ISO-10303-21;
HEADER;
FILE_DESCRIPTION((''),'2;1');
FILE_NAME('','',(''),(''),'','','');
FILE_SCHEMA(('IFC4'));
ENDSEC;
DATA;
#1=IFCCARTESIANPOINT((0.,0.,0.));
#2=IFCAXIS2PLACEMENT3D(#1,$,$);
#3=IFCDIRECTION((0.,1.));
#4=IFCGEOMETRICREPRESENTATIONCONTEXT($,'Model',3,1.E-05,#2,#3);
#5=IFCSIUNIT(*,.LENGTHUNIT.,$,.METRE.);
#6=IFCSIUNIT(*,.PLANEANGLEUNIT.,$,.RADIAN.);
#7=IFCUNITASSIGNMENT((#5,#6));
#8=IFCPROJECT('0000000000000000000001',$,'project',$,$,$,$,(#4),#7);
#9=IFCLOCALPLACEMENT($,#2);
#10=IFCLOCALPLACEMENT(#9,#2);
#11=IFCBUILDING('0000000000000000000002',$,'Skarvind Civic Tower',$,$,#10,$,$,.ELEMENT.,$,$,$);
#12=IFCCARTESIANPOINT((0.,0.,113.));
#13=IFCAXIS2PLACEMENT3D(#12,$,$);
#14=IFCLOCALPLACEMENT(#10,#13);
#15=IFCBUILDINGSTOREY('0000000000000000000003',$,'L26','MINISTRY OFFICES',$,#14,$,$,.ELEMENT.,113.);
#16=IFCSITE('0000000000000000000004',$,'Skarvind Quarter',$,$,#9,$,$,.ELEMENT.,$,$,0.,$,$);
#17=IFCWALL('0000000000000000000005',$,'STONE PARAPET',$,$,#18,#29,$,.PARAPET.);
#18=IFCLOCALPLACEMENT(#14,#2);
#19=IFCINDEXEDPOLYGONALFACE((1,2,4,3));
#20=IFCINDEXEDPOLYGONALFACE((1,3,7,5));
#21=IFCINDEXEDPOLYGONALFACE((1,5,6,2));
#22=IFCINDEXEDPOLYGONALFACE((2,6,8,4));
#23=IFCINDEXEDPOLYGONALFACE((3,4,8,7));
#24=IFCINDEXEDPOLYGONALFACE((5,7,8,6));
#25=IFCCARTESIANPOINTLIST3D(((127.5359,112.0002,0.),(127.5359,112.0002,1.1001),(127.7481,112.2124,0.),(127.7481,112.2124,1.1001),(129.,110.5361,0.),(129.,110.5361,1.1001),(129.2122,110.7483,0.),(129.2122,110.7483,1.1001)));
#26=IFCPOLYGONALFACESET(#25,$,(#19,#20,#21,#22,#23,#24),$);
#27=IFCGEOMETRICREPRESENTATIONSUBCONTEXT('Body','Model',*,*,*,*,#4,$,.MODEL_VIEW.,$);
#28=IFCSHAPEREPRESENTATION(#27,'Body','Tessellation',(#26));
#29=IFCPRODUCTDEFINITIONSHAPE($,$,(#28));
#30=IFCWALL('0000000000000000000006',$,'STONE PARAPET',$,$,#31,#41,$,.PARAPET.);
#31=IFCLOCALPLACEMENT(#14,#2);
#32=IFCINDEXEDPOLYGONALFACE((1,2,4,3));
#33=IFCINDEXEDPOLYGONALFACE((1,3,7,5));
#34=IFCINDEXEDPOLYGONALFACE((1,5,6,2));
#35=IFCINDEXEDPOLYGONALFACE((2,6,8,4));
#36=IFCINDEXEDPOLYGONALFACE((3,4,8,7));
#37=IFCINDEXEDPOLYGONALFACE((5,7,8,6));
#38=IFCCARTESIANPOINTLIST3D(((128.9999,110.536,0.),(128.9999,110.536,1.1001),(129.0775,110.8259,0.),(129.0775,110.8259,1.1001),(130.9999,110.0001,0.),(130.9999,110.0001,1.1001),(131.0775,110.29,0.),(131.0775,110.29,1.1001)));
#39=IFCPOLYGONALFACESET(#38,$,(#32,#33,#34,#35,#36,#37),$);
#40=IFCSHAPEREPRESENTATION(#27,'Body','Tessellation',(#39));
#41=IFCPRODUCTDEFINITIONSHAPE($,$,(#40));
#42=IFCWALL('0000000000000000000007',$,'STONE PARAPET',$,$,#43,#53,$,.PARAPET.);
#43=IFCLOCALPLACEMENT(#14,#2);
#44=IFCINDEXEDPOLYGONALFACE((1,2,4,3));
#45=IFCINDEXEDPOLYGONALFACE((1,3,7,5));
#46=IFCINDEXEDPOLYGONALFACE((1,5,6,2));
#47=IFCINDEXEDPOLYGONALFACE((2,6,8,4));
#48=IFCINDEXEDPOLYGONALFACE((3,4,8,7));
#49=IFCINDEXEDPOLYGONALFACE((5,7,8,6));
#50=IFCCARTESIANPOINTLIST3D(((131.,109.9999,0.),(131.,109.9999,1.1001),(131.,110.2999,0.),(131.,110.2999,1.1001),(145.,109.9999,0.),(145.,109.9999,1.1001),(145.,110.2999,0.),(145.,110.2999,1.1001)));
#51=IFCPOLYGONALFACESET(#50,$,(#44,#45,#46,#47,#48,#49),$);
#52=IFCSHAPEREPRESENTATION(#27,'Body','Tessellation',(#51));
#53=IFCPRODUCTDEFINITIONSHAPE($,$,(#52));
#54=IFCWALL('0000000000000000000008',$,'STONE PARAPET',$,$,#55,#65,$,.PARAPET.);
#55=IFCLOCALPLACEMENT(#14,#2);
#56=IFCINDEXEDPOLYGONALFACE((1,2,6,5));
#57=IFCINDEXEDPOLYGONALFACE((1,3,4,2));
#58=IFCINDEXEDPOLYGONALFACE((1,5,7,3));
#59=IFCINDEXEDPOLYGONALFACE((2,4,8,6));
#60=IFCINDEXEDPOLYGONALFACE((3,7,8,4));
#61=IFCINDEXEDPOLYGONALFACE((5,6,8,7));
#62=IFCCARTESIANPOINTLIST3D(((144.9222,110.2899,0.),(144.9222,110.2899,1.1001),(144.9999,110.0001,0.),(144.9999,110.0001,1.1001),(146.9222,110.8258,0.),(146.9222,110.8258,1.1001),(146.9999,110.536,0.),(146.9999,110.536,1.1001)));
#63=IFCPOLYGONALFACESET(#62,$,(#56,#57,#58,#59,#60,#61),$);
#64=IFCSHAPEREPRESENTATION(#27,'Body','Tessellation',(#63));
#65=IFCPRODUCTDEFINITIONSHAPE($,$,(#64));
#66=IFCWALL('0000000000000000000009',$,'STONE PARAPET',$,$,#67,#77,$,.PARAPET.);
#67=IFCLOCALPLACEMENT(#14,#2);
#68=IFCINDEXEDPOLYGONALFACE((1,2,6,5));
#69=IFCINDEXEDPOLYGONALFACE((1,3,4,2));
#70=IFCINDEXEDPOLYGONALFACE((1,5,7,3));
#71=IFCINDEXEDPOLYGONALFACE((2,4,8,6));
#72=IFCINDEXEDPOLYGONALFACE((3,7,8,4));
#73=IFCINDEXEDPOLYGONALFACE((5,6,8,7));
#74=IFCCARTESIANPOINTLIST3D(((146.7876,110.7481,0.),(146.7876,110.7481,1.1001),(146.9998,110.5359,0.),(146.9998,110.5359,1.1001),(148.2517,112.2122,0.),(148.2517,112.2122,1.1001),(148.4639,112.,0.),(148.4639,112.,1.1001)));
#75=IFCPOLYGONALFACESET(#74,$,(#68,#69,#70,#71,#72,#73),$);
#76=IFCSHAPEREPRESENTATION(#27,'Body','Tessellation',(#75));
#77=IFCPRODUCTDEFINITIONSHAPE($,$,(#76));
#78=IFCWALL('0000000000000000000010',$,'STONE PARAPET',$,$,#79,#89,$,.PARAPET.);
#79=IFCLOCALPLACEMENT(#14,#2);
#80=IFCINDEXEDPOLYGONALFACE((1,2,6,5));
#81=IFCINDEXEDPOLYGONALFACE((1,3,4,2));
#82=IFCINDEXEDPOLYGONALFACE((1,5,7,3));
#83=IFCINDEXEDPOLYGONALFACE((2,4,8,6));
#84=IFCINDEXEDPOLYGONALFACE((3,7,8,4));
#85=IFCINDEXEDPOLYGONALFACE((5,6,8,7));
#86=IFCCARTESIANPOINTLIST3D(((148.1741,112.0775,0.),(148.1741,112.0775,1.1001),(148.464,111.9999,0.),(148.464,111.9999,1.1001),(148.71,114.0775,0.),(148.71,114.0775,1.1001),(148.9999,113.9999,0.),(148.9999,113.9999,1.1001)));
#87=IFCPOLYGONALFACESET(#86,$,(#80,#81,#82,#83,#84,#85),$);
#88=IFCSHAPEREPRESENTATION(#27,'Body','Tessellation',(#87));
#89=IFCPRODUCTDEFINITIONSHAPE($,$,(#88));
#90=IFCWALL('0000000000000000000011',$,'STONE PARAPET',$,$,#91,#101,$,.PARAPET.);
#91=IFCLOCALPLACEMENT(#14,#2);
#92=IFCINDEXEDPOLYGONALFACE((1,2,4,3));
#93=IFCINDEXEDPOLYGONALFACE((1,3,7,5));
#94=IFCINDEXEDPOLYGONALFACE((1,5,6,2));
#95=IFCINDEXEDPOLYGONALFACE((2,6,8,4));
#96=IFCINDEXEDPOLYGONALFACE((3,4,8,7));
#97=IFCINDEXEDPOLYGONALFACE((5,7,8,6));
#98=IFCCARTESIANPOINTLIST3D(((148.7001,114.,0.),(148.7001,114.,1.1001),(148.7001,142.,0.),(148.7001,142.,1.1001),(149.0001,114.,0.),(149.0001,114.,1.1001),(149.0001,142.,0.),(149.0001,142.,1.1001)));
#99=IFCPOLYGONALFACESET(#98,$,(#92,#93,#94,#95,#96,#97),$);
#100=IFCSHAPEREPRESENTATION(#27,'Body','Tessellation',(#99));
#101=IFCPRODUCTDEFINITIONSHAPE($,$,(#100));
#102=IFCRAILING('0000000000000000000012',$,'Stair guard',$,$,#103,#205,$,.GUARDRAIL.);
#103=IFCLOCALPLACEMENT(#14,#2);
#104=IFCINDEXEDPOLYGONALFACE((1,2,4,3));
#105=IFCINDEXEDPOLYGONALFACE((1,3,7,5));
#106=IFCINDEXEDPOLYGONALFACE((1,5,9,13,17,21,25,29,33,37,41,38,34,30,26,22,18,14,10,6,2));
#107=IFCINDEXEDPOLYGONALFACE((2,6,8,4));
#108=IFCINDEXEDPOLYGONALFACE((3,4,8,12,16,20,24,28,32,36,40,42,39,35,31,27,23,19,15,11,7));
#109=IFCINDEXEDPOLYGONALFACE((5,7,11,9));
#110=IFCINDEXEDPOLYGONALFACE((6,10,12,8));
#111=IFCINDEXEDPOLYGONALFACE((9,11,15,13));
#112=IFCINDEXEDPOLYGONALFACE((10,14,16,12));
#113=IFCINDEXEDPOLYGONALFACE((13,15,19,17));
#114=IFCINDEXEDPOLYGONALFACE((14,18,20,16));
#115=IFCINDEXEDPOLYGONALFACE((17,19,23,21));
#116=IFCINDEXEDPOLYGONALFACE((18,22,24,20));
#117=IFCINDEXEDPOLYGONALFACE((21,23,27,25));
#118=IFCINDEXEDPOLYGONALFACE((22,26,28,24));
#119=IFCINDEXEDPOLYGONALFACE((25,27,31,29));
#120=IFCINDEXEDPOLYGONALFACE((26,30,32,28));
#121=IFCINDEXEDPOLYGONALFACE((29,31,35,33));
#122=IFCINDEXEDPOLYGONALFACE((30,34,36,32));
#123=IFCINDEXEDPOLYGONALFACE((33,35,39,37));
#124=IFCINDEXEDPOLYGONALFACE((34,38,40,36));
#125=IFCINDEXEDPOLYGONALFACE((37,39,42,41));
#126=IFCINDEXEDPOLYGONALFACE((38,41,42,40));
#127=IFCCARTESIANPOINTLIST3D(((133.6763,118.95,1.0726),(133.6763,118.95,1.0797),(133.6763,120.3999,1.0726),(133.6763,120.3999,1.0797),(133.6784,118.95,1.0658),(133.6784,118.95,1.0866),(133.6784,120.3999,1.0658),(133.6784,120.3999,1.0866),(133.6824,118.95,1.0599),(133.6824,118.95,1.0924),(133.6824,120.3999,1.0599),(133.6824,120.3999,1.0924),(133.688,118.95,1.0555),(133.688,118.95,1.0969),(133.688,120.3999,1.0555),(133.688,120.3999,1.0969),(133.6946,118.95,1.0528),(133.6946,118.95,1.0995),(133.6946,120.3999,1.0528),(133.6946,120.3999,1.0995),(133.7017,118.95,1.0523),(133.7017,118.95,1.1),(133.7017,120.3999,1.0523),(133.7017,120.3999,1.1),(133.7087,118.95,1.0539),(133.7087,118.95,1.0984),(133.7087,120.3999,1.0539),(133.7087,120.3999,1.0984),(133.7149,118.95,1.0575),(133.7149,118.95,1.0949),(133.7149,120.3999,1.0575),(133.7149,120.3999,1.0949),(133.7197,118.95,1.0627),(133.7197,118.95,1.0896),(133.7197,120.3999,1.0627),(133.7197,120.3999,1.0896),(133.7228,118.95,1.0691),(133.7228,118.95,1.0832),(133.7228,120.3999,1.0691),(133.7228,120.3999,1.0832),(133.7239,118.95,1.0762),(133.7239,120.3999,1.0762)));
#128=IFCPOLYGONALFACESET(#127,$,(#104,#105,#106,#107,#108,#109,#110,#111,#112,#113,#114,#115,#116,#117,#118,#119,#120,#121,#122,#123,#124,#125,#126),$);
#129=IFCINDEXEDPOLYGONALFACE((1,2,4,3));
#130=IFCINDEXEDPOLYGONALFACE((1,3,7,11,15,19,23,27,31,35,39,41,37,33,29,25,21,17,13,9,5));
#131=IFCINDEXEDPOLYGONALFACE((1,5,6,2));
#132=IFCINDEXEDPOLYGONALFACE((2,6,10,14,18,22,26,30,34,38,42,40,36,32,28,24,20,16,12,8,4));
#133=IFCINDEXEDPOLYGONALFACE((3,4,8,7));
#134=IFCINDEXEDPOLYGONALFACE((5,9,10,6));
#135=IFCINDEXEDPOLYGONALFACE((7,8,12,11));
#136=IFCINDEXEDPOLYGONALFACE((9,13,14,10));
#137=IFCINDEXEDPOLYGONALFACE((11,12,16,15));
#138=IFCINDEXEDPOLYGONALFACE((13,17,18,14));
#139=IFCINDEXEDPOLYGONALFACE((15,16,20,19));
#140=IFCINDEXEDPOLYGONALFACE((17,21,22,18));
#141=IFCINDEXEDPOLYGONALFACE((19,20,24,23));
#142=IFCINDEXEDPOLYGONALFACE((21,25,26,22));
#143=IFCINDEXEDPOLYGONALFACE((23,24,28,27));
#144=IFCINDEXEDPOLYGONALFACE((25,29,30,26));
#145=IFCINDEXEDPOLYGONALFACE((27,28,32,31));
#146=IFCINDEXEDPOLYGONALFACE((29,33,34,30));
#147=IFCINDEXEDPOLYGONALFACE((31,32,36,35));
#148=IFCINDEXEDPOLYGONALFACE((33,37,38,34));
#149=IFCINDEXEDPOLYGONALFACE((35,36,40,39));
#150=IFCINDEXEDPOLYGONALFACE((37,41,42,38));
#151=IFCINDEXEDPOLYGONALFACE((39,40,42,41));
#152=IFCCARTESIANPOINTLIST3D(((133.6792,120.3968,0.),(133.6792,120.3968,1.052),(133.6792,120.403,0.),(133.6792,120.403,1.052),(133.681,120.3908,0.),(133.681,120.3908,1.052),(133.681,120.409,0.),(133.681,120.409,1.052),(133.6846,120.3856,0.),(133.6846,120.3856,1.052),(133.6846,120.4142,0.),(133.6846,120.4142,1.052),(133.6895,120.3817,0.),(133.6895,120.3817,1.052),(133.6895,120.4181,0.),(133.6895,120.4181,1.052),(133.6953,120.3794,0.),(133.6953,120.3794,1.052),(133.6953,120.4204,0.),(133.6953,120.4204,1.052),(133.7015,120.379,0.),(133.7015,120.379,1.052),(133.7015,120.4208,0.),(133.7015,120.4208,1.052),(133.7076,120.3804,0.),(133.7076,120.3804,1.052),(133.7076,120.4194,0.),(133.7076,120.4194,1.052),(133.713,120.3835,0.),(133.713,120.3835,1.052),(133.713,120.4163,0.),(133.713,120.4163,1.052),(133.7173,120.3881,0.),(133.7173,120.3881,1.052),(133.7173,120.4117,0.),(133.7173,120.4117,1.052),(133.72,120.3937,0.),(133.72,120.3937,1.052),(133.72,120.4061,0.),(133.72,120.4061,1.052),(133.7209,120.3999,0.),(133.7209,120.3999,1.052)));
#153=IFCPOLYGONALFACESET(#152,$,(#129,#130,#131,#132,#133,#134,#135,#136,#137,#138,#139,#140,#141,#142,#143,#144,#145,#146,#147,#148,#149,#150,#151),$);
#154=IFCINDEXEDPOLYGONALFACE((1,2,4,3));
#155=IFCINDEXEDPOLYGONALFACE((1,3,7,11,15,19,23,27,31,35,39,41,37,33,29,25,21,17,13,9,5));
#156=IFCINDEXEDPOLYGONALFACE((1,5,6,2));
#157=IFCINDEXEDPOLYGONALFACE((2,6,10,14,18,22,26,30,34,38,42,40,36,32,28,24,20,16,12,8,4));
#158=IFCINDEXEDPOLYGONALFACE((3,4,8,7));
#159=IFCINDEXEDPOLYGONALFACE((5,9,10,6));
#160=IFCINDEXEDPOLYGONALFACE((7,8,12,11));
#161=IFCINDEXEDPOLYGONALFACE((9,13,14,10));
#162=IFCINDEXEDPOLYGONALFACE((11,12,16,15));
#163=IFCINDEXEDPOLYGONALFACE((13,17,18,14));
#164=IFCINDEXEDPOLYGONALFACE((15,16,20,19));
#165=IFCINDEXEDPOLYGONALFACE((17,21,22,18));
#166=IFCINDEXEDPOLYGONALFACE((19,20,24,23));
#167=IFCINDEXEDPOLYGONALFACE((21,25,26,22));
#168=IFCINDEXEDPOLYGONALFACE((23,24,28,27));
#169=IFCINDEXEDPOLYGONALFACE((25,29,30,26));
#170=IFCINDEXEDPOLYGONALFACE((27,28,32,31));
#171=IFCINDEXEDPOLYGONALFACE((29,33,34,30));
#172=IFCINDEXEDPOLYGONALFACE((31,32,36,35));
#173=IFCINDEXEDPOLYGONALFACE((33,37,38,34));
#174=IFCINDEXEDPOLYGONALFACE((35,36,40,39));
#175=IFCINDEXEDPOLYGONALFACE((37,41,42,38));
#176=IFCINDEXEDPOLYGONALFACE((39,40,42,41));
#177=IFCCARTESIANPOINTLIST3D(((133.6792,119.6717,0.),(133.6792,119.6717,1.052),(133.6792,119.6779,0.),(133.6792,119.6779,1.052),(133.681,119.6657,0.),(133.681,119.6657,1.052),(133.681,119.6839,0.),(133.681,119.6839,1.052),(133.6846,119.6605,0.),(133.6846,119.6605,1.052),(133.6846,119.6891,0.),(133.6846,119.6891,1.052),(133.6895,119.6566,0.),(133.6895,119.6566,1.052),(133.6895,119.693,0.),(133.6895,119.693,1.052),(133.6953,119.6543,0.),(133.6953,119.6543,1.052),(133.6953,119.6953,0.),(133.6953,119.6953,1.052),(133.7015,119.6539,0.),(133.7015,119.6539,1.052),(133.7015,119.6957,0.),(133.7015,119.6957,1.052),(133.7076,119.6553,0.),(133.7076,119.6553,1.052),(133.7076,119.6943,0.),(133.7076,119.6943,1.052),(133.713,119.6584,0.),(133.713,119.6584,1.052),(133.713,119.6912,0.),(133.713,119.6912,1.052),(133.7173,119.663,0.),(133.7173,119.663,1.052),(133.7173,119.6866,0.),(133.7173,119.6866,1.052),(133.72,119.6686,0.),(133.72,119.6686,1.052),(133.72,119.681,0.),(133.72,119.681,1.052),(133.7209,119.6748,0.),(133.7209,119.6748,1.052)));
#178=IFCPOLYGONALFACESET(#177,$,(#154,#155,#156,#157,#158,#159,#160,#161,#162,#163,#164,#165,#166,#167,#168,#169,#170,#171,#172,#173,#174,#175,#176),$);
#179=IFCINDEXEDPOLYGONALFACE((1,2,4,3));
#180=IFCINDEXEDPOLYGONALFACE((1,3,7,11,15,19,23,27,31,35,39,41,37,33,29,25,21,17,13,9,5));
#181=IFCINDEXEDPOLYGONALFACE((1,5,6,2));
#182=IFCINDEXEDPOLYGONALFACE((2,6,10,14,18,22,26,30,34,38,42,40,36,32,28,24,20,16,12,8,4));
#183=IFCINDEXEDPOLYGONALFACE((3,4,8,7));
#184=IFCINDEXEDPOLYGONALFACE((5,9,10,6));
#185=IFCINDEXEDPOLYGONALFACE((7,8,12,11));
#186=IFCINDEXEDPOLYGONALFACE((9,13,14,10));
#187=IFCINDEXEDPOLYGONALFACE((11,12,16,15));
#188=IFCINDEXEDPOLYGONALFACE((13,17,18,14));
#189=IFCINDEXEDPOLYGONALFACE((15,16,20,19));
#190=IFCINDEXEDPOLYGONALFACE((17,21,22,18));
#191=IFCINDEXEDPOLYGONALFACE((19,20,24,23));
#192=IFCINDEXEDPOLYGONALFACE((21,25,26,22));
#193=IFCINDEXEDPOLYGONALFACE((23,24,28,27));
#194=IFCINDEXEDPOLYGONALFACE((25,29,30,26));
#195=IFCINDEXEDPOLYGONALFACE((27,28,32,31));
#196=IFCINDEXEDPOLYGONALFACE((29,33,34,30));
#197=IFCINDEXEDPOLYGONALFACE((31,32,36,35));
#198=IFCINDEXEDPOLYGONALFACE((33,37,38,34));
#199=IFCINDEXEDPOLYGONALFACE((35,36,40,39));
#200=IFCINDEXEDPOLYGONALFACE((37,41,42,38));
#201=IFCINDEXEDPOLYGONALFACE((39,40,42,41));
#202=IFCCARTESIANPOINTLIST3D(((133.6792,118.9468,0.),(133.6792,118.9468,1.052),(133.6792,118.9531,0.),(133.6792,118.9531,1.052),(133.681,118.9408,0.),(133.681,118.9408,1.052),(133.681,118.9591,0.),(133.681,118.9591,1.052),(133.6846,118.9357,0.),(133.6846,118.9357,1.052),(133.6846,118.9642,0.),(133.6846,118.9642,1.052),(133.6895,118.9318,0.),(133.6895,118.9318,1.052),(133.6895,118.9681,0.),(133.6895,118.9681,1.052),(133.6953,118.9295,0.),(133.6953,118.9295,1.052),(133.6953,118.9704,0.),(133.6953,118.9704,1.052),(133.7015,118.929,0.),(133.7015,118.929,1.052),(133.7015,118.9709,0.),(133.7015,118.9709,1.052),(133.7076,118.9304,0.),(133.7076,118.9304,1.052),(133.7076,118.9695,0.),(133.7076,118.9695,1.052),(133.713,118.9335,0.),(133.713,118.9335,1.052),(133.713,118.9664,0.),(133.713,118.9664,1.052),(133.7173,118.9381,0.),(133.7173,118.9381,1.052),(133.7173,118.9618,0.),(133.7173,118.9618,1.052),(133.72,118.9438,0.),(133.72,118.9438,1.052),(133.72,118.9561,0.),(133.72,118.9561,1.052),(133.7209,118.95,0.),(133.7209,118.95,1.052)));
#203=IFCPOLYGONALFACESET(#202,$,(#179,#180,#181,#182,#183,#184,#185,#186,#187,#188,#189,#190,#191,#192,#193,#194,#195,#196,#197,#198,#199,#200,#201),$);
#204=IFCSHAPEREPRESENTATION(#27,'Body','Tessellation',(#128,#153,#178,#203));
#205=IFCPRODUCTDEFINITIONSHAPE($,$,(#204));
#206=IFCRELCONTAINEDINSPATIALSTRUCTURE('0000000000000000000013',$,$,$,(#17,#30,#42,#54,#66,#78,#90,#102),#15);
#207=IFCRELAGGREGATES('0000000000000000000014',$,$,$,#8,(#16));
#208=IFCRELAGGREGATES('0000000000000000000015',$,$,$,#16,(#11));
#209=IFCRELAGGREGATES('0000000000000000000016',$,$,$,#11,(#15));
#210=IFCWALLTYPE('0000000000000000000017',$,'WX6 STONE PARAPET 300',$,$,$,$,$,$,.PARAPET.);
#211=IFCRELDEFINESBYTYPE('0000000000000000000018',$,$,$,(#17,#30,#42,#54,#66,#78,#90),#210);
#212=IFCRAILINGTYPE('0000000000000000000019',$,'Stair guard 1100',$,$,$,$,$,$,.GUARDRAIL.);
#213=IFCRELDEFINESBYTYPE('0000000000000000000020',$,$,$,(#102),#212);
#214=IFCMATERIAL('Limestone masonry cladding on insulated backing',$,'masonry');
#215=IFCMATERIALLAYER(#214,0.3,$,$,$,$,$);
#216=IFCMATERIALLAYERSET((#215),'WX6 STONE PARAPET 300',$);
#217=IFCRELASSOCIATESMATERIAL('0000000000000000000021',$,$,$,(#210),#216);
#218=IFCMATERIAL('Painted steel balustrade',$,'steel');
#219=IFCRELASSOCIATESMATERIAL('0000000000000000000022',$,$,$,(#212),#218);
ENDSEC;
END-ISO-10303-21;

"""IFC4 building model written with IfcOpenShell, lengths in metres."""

from ifc_helpers import new_model, si_unit, direction, frame, frame_2d, origin, origin_2d, place, context, subcontext, project, spatial, rectangle, circle, extrude, material, layer, layer_set, type_object, element, save


model = new_model("IFC4")

# Units and contexts
model_context = context("Model", 3, precision=1e-05, world=origin(), true_north=direction((0.0, 1.0)))
body_context = subcontext(model_context, "Body", "Model", "MODEL_VIEW")
ifc_project = project(units=[si_unit("LENGTHUNIT", "METRE"), si_unit("PLANEANGLEUNIT", "RADIAN")], contexts=[model_context])

# Site, building, storey
site_placement = place(None, origin())
site = spatial("IfcSite", under=ifc_project, at=site_placement, Name="Skarvind Quarter", CompositionType="ELEMENT", RefElevation=0.0)
building_placement = place(site_placement, origin())
building = spatial("IfcBuilding", under=site, at=building_placement, Name="Skarvind Civic Tower", CompositionType="ELEMENT")
storey_placement = place(building_placement, frame((0.0, 0.0, 113.0)))
storey = spatial("IfcBuildingStorey", under=building, at=storey_placement, Name="L26", Description="MINISTRY OFFICES", CompositionType="ELEMENT", Elevation=113.0)

# Walls
ifc_material_1 = material(Name="Limestone masonry cladding on insulated backing", Category="masonry")
ifc_layer_1 = layer(ifc_material_1, 0.3)
ifc_layer_set_1 = layer_set([ifc_layer_1], Name="WX6 STONE PARAPET 300")
wall_type_1 = type_object("IfcWallType", Name="WX6 STONE PARAPET 300", PredefinedType="PARAPET", material=ifc_layer_set_1)
for number, where, z_axis, x_axis, name in (
    (1, (127.6421, 112.1062, 0.0), (0.0, 0.0, 1.0), (0.707107, -0.707107, 0.0), "STONE PARAPET"),
    (2, (129.0388, 110.6809, 0.0), (0.0, 0.0, 1.0), (0.965927, -0.258815, 0.0), "STONE PARAPET"),
):
    element("IfcWall", number, at=place(storey_placement, frame(where, z_axis=z_axis, x_axis=x_axis)), inside=storey, type_object=wall_type_1, Name=name, PredefinedType="PARAPET", context=body_context, shape_type="SweptSolid", body=[
        extrude(rectangle(XDim=2.0706, YDim=0.3, at=frame_2d((1.0352, 0.0))), origin(), (0.0, 0.0, 1.0), 1.1001),
    ])
wall_1_placement = place(storey_placement, frame((131.0, 110.1499, 0.0), z_axis=(0.0, 0.0, 1.0), x_axis=(1.0, 0.0, 0.0)))
element("IfcWall", 3, at=wall_1_placement, inside=storey, type_object=wall_type_1, Name="STONE PARAPET", PredefinedType="PARAPET", context=body_context, shape_type="SweptSolid", body=[
    extrude(rectangle(XDim=14.0, YDim=0.3, at=frame_2d((7.0, 0.0))), origin(), (0.0, 0.0, 1.0), 1.1001),
])
for number, where, z_axis, x_axis, name in (
    (4, (144.9612, 110.145, 0.0), (0.0, 0.0, 1.0), (0.965927, 0.258815, 0.0), "STONE PARAPET"),
    (5, (146.8938, 110.6421, 0.0), (0.0, 0.0, 1.0), (0.707107, 0.707107, 0.0), "STONE PARAPET"),
    (6, (148.3191, 112.0388, 0.0), (0.0, 0.0, 1.0), (0.258815, 0.965927, 0.0), "STONE PARAPET"),
):
    element("IfcWall", number, at=place(storey_placement, frame(where, z_axis=z_axis, x_axis=x_axis)), inside=storey, type_object=wall_type_1, Name=name, PredefinedType="PARAPET", context=body_context, shape_type="SweptSolid", body=[
        extrude(rectangle(XDim=2.0706, YDim=0.3, at=frame_2d((1.0352, 0.0))), origin(), (0.0, 0.0, 1.0), 1.1001),
    ])
wall_2_placement = place(storey_placement, frame((148.8501, 114.0, 0.0), z_axis=(0.0, 0.0, 1.0), x_axis=(0.0, 1.0, 0.0)))
element("IfcWall", 7, at=wall_2_placement, inside=storey, type_object=wall_type_1, Name="STONE PARAPET", PredefinedType="PARAPET", context=body_context, shape_type="SweptSolid", body=[
    extrude(rectangle(XDim=28.0, YDim=0.3, at=frame_2d((14.0, 0.0))), origin(), (0.0, 0.0, 1.0), 1.1001),
])

# Railing
ifc_material_2 = material(Name="Painted steel balustrade", Category="steel")
railing_type = type_object("IfcRailingType", Name="Stair guard 1100", PredefinedType="GUARDRAIL", material=ifc_material_2)
railing_placement = place(storey_placement, frame((133.7, 120.3999, 0.0)))
element("IfcRailing", 8, at=railing_placement, inside=storey, type_object=railing_type, Name="Stair guard", PredefinedType="GUARDRAIL", context=body_context, shape_type="SweptSolid", body=[
    extrude(circle(Radius=0.0239, at=origin_2d()), frame((0.0, 0.0, 1.0762), z_axis=(0.0, -1.0, 0.0), x_axis=(1.0, 0.0, 0.0)), (0.0, 0.0, 1.0), 1.45),
    extrude(circle(Radius=0.021, at=origin_2d()), origin(), (0.0, 0.0, 1.0), 1.052),
    extrude(circle(Radius=0.021, at=origin_2d()), frame((0.0, -0.7251, 0.0)), (0.0, 0.0, 1.0), 1.052),
    extrude(circle(Radius=0.021, at=origin_2d()), frame((0.0, -1.45, 0.0)), (0.0, 0.0, 1.0), 1.052),
])

save(model, "model.ifc")
